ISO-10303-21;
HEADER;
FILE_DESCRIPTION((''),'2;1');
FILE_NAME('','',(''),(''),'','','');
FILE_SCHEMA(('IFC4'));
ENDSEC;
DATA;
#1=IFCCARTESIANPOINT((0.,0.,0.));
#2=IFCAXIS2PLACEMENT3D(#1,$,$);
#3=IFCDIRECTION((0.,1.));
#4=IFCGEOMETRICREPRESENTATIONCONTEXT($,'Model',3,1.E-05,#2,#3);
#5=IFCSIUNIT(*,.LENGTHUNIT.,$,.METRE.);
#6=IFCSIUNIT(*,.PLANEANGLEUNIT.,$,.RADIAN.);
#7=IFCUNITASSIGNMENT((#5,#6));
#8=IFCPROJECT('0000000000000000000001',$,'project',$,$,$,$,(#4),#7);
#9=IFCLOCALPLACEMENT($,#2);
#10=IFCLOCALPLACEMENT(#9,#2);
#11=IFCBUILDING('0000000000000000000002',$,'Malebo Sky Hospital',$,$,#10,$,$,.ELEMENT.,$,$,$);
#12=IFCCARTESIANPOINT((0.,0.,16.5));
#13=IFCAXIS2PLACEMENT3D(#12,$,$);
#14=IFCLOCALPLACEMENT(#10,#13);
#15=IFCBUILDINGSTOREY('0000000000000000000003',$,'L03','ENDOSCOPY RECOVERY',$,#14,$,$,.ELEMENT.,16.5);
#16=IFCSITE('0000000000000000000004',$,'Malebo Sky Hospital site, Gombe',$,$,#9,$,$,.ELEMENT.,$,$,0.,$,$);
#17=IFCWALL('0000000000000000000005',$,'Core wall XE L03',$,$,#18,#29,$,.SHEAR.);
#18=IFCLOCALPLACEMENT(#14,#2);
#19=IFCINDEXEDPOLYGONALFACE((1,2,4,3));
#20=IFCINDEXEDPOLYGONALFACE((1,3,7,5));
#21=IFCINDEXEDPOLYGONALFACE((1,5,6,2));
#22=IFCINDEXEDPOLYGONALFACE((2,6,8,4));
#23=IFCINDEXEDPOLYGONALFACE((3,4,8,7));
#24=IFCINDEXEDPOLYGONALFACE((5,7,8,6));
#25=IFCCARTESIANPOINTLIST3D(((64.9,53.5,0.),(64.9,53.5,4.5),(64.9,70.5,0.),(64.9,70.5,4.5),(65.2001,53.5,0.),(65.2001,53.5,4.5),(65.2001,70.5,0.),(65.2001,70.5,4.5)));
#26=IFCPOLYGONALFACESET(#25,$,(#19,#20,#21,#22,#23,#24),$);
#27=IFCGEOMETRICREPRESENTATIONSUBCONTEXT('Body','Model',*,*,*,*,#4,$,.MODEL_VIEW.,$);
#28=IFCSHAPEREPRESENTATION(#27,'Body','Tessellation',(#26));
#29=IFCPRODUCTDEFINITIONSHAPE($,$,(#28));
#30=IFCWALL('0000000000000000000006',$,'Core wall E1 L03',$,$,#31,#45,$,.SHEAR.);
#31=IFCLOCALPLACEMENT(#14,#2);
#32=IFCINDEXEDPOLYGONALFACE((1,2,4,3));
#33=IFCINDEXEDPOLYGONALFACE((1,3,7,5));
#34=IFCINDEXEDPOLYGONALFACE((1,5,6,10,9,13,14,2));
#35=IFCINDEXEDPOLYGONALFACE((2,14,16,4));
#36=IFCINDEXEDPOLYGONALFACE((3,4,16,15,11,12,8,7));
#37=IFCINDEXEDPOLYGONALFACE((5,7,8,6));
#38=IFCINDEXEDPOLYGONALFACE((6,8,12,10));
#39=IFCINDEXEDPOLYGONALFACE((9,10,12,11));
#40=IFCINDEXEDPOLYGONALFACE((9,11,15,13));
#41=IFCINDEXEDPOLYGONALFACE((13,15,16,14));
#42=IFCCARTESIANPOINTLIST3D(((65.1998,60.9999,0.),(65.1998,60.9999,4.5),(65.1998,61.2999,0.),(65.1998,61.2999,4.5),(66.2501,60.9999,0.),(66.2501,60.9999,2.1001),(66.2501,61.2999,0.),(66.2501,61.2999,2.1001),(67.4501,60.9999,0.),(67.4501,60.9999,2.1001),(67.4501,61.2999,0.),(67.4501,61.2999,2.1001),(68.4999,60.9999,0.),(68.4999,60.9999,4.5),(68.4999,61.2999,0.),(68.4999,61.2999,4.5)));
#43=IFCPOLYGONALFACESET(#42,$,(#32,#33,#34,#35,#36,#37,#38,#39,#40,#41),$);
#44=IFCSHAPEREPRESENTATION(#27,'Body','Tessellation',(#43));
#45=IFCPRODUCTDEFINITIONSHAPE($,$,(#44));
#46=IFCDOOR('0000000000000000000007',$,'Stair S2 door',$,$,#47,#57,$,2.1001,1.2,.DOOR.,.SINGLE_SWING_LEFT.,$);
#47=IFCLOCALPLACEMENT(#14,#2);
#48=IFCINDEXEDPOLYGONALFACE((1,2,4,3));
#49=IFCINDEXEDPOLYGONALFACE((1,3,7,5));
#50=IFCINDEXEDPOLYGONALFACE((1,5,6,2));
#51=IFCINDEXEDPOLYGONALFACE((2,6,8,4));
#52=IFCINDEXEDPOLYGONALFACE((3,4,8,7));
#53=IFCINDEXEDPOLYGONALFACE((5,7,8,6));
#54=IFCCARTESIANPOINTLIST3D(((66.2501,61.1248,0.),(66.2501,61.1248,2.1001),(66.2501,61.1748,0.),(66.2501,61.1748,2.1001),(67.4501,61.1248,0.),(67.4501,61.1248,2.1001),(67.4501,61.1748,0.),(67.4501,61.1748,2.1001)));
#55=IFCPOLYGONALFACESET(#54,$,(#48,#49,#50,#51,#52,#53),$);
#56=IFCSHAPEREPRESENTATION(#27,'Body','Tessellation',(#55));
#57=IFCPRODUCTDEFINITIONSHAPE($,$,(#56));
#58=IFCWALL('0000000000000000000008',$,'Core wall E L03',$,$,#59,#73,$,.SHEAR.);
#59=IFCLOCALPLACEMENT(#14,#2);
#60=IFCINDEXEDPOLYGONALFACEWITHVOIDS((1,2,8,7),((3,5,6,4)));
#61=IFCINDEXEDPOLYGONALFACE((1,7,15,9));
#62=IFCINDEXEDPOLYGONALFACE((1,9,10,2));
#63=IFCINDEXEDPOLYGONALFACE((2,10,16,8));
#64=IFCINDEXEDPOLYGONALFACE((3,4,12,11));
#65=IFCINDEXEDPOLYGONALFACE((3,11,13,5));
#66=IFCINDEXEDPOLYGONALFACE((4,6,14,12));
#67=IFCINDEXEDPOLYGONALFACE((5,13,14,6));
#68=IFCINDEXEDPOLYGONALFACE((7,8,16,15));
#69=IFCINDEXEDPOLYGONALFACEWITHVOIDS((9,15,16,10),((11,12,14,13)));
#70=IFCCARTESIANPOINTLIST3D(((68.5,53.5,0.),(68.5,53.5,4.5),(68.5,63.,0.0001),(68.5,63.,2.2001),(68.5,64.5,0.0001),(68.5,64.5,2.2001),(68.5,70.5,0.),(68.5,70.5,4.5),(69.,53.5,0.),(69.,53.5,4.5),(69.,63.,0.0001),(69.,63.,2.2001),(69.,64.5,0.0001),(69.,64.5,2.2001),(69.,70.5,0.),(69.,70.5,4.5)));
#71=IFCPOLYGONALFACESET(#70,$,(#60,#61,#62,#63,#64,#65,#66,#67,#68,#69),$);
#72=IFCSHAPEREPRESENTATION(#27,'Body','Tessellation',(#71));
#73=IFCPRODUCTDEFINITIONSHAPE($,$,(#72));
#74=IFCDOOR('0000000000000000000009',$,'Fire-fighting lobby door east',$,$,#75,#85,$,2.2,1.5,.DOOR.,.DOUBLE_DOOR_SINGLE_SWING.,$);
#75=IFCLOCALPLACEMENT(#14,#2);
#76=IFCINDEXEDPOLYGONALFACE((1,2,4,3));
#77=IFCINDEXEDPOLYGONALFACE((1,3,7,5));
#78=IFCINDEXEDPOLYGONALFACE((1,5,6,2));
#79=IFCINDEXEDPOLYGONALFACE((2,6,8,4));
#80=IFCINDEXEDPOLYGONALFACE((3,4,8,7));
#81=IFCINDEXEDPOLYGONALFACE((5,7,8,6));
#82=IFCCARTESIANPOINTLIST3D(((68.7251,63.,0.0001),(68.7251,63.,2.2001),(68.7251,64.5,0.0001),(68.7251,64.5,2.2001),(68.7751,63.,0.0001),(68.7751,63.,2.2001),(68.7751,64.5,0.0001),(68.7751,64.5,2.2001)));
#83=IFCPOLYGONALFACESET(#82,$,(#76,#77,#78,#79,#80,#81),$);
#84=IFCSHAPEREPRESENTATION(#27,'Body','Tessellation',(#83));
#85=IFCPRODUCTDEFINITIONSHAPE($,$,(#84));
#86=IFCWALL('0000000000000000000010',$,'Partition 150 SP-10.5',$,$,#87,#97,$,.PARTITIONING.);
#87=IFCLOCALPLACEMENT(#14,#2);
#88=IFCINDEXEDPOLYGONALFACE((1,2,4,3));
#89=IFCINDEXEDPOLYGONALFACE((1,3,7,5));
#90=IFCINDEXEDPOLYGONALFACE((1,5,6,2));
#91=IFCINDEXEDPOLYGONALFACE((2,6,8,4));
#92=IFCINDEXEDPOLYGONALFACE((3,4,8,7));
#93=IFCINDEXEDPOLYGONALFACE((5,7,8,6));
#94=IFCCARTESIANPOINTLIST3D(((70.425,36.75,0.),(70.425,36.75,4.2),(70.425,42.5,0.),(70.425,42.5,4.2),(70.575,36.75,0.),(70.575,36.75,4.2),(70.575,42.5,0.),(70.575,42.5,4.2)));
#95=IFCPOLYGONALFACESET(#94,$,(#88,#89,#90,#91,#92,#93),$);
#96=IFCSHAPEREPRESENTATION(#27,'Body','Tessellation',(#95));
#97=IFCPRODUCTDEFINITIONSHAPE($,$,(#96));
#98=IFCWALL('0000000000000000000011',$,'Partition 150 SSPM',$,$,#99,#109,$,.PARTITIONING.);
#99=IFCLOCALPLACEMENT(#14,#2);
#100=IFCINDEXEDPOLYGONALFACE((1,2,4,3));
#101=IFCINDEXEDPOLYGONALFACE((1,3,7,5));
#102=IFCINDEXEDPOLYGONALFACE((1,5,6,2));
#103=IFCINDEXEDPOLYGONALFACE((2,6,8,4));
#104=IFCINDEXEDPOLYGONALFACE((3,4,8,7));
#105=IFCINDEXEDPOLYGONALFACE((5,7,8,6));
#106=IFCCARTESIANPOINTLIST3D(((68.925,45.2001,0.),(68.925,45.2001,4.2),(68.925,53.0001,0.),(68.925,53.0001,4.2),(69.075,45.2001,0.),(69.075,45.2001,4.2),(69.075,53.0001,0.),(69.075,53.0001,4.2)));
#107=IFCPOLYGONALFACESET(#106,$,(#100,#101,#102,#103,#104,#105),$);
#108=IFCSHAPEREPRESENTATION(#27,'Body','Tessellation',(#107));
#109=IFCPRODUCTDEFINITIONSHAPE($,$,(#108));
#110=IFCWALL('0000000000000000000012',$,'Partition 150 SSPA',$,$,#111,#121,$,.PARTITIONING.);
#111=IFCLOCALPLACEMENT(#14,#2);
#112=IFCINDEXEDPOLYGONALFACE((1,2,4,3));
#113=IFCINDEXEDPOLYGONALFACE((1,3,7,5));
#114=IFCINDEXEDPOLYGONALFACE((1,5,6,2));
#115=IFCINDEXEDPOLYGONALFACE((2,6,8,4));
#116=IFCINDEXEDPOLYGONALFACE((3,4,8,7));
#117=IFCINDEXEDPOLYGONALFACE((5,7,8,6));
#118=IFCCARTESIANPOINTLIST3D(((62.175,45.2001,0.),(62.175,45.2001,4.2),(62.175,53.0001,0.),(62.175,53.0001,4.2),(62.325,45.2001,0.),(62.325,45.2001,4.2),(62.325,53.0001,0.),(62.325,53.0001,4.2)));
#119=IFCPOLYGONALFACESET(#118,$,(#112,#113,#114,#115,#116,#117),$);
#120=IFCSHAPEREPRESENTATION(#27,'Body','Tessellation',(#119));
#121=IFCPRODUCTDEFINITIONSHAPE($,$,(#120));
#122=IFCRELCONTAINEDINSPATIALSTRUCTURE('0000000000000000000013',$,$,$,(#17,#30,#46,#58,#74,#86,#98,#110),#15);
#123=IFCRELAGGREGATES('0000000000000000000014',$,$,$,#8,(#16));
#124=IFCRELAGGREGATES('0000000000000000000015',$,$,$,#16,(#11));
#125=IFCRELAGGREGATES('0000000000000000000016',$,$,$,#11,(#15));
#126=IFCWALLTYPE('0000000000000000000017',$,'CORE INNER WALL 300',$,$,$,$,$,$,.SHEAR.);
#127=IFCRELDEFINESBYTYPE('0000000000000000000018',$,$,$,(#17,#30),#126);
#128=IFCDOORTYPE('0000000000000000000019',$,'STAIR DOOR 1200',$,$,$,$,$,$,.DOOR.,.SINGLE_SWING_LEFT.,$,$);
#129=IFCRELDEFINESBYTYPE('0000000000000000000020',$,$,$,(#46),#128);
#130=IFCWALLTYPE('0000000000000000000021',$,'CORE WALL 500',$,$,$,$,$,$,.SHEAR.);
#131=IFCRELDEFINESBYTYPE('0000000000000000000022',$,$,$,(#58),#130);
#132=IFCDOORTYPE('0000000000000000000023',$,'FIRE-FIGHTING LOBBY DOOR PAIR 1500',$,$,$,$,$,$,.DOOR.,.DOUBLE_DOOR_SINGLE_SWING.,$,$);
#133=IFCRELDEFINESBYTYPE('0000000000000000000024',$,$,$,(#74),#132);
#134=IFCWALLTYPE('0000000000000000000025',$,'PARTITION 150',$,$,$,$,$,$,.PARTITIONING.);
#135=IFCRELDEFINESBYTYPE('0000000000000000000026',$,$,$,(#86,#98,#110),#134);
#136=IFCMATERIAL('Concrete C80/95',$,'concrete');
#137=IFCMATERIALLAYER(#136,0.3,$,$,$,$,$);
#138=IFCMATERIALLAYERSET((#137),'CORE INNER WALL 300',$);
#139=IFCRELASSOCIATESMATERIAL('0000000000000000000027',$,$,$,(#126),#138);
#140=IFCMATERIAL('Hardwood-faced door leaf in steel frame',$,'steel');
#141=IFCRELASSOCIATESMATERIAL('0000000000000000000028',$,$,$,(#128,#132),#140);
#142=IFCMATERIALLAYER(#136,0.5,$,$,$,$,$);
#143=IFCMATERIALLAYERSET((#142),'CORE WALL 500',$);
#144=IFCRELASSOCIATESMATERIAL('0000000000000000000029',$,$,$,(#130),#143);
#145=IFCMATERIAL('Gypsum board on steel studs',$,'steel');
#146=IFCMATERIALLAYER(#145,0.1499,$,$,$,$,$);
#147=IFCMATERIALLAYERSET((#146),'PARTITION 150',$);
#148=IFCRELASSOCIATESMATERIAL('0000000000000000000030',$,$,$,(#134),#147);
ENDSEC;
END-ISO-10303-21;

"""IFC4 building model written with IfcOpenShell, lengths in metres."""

from ifc_helpers import new_model, si_unit, direction, frame, frame_2d, origin, place, context, subcontext, project, spatial, rectangle, extrude, material, layer, layer_set, type_object, element, fill, save


model = new_model("IFC4")

# Units and contexts
model_context = context("Model", 3, precision=1e-05, world=origin(), true_north=direction((0.0, 1.0)))
body_context = subcontext(model_context, "Body", "Model", "MODEL_VIEW")
ifc_project = project(units=[si_unit("LENGTHUNIT", "METRE"), si_unit("PLANEANGLEUNIT", "RADIAN")], contexts=[model_context])

# Site, building, storey
site_placement = place(None, origin())
site = spatial("IfcSite", under=ifc_project, at=site_placement, Name="Malebo Sky Hospital site, Gombe", CompositionType="ELEMENT", RefElevation=0.0)
building_placement = place(site_placement, origin())
building = spatial("IfcBuilding", under=site, at=building_placement, Name="Malebo Sky Hospital", CompositionType="ELEMENT")
storey_placement = place(building_placement, frame((0.0, 0.0, 16.5)))
storey = spatial("IfcBuildingStorey", under=building, at=storey_placement, Name="L03", Description="ENDOSCOPY RECOVERY", CompositionType="ELEMENT", Elevation=16.5)

# Shared definitions
ifc_material_1 = material(Name="Concrete C80/95", Category="concrete")

# Wall
ifc_layer_1 = layer(ifc_material_1, 0.3)
ifc_layer_set_1 = layer_set([ifc_layer_1], Name="CORE INNER WALL 300")
wall_type_1 = type_object("IfcWallType", Name="CORE INNER WALL 300", PredefinedType="SHEAR", material=ifc_layer_set_1)
wall_1_placement = place(storey_placement, frame((65.05, 53.5, 0.0), z_axis=(0.0, 0.0, 1.0), x_axis=(0.0, 1.0, 0.0)))
element("IfcWall", 1, at=wall_1_placement, inside=storey, type_object=wall_type_1, Name="Core wall XE L03", PredefinedType="SHEAR", context=body_context, shape_type="SweptSolid", body=[
    extrude(rectangle(XDim=17.0, YDim=0.3, at=frame_2d((8.5, 0.0))), origin(), (0.0, 0.0, 1.0), 4.5),
])

# Walls, openings, doors
wall_2_placement = place(storey_placement, frame((65.2, 61.1499, 0.0), z_axis=(0.0, 0.0, 1.0), x_axis=(1.0, 0.0, 0.0)))
wall_2 = element("IfcWall", 2, at=wall_2_placement, inside=storey, type_object=wall_type_1, Name="Core wall E1 L03", PredefinedType="SHEAR", context=body_context, shape_type="SweptSolid", body=[
    extrude(rectangle(XDim=3.3, YDim=0.3, at=frame_2d((1.6499, 0.0))), origin(), (0.0, 0.0, 1.0), 4.5),
])
opening_1_placement = place(wall_2_placement, frame((1.05, 0.0, 0.0)))
opening_1 = element("IfcOpeningElement", 3, at=opening_1_placement, cuts=wall_2, PredefinedType="OPENING", context=body_context, shape_type="SweptSolid", body=[
    extrude(rectangle(XDim=1.2, YDim=2.1001, at=frame_2d((0.6001, 1.05))), frame((0.0, 0.1599, 0.0), z_axis=(0.0, -1.0, 0.0), x_axis=(1.0, 0.0, 0.0)), (0.0, 0.0, 1.0), 0.3201),
])
ifc_material_2 = material(Name="Hardwood-faced door leaf in steel frame", Category="steel")
door_type_1 = type_object("IfcDoorType", Name="STAIR DOOR 1200", OperationType="SINGLE_SWING_LEFT", PredefinedType="DOOR", material=ifc_material_2)
door_1_placement = place(opening_1_placement, origin())
door_1 = element("IfcDoor", 4, at=door_1_placement, inside=storey, type_object=door_type_1, Name="Stair S2 door", OperationType="SINGLE_SWING_LEFT", OverallHeight=2.1001, OverallWidth=1.2, PredefinedType="DOOR", context=body_context, shape_type="SweptSolid", body=[
    extrude(rectangle(XDim=1.2, YDim=2.1001, at=frame_2d((0.6001, 1.05))), frame((0.0, 0.0249, 0.0), z_axis=(0.0, -1.0, 0.0), x_axis=(1.0, 0.0, 0.0)), (0.0, 0.0, 1.0), 0.05),
])
fill(opening_1, door_1)
ifc_layer_2 = layer(ifc_material_1, 0.5)
ifc_layer_set_2 = layer_set([ifc_layer_2], Name="CORE WALL 500")
wall_type_2 = type_object("IfcWallType", Name="CORE WALL 500", PredefinedType="SHEAR", material=ifc_layer_set_2)
wall_3_placement = place(storey_placement, frame((68.75, 53.5, 0.0), z_axis=(0.0, 0.0, 1.0), x_axis=(0.0, 1.0, 0.0)))
wall_3 = element("IfcWall", 5, at=wall_3_placement, inside=storey, type_object=wall_type_2, Name="Core wall E L03", PredefinedType="SHEAR", context=body_context, shape_type="SweptSolid", body=[
    extrude(rectangle(XDim=17.0, YDim=0.5, at=frame_2d((8.5, 0.0))), origin(), (0.0, 0.0, 1.0), 4.5),
])
opening_2_placement = place(wall_3_placement, frame((9.5, 0.0, 0.0)))
opening_2 = element("IfcOpeningElement", 6, at=opening_2_placement, cuts=wall_3, PredefinedType="OPENING", context=body_context, shape_type="SweptSolid", body=[
    extrude(rectangle(XDim=1.5, YDim=2.2, at=frame_2d((0.75, 1.1001))), frame((0.0, 0.26, 0.0), z_axis=(0.0, -1.0, 0.0), x_axis=(1.0, 0.0, 0.0)), (0.0, 0.0, 1.0), 0.52),
])
door_type_2 = type_object("IfcDoorType", Name="FIRE-FIGHTING LOBBY DOOR PAIR 1500", OperationType="DOUBLE_DOOR_SINGLE_SWING", PredefinedType="DOOR", material=ifc_material_2)
door_2_placement = place(opening_2_placement, origin())
door_2 = element("IfcDoor", 7, at=door_2_placement, inside=storey, type_object=door_type_2, Name="Fire-fighting lobby door east", OperationType="DOUBLE_DOOR_SINGLE_SWING", OverallHeight=2.2, OverallWidth=1.5, PredefinedType="DOOR", context=body_context, shape_type="SweptSolid", body=[
    extrude(rectangle(XDim=1.5, YDim=2.2, at=frame_2d((0.75, 1.1001))), frame((0.0, 0.0249, 0.0), z_axis=(0.0, -1.0, 0.0), x_axis=(1.0, 0.0, 0.0)), (0.0, 0.0, 1.0), 0.05),
])
fill(opening_2, door_2)

# Walls
ifc_material_3 = material(Name="Gypsum board on steel studs", Category="steel")
ifc_layer_3 = layer(ifc_material_3, 0.1499)
ifc_layer_set_3 = layer_set([ifc_layer_3], Name="PARTITION 150")
wall_type_3 = type_object("IfcWallType", Name="PARTITION 150", PredefinedType="PARTITIONING", material=ifc_layer_set_3)
wall_4_placement = place(storey_placement, frame((70.5, 42.5, 0.0), z_axis=(0.0, 0.0, 1.0), x_axis=(0.0, -1.0, 0.0)))
element("IfcWall", 8, at=wall_4_placement, inside=storey, type_object=wall_type_3, Name="Partition 150 SP-10.5", PredefinedType="PARTITIONING", context=body_context, shape_type="SweptSolid", body=[
    extrude(rectangle(XDim=5.75, YDim=0.1499, at=frame_2d((2.875, 0.0))), origin(), (0.0, 0.0, 1.0), 4.2),
])
for number, where, z_axis, x_axis, name in (
    (9, (69.0, 53.0, 0.0), (0.0, 0.0, 1.0), (0.0, -1.0, 0.0), "Partition 150 SSPM"),
    (10, (62.25, 53.0, 0.0), (0.0, 0.0, 1.0), (0.0, -1.0, 0.0), "Partition 150 SSPA"),
):
    element("IfcWall", number, at=place(storey_placement, frame(where, z_axis=z_axis, x_axis=x_axis)), inside=storey, type_object=wall_type_3, Name=name, PredefinedType="PARTITIONING", context=body_context, shape_type="SweptSolid", body=[
        extrude(rectangle(XDim=7.8, YDim=0.1499, at=frame_2d((3.8999, 0.0))), origin(), (0.0, 0.0, 1.0), 4.2),
    ])

save(model, "model.ifc")
